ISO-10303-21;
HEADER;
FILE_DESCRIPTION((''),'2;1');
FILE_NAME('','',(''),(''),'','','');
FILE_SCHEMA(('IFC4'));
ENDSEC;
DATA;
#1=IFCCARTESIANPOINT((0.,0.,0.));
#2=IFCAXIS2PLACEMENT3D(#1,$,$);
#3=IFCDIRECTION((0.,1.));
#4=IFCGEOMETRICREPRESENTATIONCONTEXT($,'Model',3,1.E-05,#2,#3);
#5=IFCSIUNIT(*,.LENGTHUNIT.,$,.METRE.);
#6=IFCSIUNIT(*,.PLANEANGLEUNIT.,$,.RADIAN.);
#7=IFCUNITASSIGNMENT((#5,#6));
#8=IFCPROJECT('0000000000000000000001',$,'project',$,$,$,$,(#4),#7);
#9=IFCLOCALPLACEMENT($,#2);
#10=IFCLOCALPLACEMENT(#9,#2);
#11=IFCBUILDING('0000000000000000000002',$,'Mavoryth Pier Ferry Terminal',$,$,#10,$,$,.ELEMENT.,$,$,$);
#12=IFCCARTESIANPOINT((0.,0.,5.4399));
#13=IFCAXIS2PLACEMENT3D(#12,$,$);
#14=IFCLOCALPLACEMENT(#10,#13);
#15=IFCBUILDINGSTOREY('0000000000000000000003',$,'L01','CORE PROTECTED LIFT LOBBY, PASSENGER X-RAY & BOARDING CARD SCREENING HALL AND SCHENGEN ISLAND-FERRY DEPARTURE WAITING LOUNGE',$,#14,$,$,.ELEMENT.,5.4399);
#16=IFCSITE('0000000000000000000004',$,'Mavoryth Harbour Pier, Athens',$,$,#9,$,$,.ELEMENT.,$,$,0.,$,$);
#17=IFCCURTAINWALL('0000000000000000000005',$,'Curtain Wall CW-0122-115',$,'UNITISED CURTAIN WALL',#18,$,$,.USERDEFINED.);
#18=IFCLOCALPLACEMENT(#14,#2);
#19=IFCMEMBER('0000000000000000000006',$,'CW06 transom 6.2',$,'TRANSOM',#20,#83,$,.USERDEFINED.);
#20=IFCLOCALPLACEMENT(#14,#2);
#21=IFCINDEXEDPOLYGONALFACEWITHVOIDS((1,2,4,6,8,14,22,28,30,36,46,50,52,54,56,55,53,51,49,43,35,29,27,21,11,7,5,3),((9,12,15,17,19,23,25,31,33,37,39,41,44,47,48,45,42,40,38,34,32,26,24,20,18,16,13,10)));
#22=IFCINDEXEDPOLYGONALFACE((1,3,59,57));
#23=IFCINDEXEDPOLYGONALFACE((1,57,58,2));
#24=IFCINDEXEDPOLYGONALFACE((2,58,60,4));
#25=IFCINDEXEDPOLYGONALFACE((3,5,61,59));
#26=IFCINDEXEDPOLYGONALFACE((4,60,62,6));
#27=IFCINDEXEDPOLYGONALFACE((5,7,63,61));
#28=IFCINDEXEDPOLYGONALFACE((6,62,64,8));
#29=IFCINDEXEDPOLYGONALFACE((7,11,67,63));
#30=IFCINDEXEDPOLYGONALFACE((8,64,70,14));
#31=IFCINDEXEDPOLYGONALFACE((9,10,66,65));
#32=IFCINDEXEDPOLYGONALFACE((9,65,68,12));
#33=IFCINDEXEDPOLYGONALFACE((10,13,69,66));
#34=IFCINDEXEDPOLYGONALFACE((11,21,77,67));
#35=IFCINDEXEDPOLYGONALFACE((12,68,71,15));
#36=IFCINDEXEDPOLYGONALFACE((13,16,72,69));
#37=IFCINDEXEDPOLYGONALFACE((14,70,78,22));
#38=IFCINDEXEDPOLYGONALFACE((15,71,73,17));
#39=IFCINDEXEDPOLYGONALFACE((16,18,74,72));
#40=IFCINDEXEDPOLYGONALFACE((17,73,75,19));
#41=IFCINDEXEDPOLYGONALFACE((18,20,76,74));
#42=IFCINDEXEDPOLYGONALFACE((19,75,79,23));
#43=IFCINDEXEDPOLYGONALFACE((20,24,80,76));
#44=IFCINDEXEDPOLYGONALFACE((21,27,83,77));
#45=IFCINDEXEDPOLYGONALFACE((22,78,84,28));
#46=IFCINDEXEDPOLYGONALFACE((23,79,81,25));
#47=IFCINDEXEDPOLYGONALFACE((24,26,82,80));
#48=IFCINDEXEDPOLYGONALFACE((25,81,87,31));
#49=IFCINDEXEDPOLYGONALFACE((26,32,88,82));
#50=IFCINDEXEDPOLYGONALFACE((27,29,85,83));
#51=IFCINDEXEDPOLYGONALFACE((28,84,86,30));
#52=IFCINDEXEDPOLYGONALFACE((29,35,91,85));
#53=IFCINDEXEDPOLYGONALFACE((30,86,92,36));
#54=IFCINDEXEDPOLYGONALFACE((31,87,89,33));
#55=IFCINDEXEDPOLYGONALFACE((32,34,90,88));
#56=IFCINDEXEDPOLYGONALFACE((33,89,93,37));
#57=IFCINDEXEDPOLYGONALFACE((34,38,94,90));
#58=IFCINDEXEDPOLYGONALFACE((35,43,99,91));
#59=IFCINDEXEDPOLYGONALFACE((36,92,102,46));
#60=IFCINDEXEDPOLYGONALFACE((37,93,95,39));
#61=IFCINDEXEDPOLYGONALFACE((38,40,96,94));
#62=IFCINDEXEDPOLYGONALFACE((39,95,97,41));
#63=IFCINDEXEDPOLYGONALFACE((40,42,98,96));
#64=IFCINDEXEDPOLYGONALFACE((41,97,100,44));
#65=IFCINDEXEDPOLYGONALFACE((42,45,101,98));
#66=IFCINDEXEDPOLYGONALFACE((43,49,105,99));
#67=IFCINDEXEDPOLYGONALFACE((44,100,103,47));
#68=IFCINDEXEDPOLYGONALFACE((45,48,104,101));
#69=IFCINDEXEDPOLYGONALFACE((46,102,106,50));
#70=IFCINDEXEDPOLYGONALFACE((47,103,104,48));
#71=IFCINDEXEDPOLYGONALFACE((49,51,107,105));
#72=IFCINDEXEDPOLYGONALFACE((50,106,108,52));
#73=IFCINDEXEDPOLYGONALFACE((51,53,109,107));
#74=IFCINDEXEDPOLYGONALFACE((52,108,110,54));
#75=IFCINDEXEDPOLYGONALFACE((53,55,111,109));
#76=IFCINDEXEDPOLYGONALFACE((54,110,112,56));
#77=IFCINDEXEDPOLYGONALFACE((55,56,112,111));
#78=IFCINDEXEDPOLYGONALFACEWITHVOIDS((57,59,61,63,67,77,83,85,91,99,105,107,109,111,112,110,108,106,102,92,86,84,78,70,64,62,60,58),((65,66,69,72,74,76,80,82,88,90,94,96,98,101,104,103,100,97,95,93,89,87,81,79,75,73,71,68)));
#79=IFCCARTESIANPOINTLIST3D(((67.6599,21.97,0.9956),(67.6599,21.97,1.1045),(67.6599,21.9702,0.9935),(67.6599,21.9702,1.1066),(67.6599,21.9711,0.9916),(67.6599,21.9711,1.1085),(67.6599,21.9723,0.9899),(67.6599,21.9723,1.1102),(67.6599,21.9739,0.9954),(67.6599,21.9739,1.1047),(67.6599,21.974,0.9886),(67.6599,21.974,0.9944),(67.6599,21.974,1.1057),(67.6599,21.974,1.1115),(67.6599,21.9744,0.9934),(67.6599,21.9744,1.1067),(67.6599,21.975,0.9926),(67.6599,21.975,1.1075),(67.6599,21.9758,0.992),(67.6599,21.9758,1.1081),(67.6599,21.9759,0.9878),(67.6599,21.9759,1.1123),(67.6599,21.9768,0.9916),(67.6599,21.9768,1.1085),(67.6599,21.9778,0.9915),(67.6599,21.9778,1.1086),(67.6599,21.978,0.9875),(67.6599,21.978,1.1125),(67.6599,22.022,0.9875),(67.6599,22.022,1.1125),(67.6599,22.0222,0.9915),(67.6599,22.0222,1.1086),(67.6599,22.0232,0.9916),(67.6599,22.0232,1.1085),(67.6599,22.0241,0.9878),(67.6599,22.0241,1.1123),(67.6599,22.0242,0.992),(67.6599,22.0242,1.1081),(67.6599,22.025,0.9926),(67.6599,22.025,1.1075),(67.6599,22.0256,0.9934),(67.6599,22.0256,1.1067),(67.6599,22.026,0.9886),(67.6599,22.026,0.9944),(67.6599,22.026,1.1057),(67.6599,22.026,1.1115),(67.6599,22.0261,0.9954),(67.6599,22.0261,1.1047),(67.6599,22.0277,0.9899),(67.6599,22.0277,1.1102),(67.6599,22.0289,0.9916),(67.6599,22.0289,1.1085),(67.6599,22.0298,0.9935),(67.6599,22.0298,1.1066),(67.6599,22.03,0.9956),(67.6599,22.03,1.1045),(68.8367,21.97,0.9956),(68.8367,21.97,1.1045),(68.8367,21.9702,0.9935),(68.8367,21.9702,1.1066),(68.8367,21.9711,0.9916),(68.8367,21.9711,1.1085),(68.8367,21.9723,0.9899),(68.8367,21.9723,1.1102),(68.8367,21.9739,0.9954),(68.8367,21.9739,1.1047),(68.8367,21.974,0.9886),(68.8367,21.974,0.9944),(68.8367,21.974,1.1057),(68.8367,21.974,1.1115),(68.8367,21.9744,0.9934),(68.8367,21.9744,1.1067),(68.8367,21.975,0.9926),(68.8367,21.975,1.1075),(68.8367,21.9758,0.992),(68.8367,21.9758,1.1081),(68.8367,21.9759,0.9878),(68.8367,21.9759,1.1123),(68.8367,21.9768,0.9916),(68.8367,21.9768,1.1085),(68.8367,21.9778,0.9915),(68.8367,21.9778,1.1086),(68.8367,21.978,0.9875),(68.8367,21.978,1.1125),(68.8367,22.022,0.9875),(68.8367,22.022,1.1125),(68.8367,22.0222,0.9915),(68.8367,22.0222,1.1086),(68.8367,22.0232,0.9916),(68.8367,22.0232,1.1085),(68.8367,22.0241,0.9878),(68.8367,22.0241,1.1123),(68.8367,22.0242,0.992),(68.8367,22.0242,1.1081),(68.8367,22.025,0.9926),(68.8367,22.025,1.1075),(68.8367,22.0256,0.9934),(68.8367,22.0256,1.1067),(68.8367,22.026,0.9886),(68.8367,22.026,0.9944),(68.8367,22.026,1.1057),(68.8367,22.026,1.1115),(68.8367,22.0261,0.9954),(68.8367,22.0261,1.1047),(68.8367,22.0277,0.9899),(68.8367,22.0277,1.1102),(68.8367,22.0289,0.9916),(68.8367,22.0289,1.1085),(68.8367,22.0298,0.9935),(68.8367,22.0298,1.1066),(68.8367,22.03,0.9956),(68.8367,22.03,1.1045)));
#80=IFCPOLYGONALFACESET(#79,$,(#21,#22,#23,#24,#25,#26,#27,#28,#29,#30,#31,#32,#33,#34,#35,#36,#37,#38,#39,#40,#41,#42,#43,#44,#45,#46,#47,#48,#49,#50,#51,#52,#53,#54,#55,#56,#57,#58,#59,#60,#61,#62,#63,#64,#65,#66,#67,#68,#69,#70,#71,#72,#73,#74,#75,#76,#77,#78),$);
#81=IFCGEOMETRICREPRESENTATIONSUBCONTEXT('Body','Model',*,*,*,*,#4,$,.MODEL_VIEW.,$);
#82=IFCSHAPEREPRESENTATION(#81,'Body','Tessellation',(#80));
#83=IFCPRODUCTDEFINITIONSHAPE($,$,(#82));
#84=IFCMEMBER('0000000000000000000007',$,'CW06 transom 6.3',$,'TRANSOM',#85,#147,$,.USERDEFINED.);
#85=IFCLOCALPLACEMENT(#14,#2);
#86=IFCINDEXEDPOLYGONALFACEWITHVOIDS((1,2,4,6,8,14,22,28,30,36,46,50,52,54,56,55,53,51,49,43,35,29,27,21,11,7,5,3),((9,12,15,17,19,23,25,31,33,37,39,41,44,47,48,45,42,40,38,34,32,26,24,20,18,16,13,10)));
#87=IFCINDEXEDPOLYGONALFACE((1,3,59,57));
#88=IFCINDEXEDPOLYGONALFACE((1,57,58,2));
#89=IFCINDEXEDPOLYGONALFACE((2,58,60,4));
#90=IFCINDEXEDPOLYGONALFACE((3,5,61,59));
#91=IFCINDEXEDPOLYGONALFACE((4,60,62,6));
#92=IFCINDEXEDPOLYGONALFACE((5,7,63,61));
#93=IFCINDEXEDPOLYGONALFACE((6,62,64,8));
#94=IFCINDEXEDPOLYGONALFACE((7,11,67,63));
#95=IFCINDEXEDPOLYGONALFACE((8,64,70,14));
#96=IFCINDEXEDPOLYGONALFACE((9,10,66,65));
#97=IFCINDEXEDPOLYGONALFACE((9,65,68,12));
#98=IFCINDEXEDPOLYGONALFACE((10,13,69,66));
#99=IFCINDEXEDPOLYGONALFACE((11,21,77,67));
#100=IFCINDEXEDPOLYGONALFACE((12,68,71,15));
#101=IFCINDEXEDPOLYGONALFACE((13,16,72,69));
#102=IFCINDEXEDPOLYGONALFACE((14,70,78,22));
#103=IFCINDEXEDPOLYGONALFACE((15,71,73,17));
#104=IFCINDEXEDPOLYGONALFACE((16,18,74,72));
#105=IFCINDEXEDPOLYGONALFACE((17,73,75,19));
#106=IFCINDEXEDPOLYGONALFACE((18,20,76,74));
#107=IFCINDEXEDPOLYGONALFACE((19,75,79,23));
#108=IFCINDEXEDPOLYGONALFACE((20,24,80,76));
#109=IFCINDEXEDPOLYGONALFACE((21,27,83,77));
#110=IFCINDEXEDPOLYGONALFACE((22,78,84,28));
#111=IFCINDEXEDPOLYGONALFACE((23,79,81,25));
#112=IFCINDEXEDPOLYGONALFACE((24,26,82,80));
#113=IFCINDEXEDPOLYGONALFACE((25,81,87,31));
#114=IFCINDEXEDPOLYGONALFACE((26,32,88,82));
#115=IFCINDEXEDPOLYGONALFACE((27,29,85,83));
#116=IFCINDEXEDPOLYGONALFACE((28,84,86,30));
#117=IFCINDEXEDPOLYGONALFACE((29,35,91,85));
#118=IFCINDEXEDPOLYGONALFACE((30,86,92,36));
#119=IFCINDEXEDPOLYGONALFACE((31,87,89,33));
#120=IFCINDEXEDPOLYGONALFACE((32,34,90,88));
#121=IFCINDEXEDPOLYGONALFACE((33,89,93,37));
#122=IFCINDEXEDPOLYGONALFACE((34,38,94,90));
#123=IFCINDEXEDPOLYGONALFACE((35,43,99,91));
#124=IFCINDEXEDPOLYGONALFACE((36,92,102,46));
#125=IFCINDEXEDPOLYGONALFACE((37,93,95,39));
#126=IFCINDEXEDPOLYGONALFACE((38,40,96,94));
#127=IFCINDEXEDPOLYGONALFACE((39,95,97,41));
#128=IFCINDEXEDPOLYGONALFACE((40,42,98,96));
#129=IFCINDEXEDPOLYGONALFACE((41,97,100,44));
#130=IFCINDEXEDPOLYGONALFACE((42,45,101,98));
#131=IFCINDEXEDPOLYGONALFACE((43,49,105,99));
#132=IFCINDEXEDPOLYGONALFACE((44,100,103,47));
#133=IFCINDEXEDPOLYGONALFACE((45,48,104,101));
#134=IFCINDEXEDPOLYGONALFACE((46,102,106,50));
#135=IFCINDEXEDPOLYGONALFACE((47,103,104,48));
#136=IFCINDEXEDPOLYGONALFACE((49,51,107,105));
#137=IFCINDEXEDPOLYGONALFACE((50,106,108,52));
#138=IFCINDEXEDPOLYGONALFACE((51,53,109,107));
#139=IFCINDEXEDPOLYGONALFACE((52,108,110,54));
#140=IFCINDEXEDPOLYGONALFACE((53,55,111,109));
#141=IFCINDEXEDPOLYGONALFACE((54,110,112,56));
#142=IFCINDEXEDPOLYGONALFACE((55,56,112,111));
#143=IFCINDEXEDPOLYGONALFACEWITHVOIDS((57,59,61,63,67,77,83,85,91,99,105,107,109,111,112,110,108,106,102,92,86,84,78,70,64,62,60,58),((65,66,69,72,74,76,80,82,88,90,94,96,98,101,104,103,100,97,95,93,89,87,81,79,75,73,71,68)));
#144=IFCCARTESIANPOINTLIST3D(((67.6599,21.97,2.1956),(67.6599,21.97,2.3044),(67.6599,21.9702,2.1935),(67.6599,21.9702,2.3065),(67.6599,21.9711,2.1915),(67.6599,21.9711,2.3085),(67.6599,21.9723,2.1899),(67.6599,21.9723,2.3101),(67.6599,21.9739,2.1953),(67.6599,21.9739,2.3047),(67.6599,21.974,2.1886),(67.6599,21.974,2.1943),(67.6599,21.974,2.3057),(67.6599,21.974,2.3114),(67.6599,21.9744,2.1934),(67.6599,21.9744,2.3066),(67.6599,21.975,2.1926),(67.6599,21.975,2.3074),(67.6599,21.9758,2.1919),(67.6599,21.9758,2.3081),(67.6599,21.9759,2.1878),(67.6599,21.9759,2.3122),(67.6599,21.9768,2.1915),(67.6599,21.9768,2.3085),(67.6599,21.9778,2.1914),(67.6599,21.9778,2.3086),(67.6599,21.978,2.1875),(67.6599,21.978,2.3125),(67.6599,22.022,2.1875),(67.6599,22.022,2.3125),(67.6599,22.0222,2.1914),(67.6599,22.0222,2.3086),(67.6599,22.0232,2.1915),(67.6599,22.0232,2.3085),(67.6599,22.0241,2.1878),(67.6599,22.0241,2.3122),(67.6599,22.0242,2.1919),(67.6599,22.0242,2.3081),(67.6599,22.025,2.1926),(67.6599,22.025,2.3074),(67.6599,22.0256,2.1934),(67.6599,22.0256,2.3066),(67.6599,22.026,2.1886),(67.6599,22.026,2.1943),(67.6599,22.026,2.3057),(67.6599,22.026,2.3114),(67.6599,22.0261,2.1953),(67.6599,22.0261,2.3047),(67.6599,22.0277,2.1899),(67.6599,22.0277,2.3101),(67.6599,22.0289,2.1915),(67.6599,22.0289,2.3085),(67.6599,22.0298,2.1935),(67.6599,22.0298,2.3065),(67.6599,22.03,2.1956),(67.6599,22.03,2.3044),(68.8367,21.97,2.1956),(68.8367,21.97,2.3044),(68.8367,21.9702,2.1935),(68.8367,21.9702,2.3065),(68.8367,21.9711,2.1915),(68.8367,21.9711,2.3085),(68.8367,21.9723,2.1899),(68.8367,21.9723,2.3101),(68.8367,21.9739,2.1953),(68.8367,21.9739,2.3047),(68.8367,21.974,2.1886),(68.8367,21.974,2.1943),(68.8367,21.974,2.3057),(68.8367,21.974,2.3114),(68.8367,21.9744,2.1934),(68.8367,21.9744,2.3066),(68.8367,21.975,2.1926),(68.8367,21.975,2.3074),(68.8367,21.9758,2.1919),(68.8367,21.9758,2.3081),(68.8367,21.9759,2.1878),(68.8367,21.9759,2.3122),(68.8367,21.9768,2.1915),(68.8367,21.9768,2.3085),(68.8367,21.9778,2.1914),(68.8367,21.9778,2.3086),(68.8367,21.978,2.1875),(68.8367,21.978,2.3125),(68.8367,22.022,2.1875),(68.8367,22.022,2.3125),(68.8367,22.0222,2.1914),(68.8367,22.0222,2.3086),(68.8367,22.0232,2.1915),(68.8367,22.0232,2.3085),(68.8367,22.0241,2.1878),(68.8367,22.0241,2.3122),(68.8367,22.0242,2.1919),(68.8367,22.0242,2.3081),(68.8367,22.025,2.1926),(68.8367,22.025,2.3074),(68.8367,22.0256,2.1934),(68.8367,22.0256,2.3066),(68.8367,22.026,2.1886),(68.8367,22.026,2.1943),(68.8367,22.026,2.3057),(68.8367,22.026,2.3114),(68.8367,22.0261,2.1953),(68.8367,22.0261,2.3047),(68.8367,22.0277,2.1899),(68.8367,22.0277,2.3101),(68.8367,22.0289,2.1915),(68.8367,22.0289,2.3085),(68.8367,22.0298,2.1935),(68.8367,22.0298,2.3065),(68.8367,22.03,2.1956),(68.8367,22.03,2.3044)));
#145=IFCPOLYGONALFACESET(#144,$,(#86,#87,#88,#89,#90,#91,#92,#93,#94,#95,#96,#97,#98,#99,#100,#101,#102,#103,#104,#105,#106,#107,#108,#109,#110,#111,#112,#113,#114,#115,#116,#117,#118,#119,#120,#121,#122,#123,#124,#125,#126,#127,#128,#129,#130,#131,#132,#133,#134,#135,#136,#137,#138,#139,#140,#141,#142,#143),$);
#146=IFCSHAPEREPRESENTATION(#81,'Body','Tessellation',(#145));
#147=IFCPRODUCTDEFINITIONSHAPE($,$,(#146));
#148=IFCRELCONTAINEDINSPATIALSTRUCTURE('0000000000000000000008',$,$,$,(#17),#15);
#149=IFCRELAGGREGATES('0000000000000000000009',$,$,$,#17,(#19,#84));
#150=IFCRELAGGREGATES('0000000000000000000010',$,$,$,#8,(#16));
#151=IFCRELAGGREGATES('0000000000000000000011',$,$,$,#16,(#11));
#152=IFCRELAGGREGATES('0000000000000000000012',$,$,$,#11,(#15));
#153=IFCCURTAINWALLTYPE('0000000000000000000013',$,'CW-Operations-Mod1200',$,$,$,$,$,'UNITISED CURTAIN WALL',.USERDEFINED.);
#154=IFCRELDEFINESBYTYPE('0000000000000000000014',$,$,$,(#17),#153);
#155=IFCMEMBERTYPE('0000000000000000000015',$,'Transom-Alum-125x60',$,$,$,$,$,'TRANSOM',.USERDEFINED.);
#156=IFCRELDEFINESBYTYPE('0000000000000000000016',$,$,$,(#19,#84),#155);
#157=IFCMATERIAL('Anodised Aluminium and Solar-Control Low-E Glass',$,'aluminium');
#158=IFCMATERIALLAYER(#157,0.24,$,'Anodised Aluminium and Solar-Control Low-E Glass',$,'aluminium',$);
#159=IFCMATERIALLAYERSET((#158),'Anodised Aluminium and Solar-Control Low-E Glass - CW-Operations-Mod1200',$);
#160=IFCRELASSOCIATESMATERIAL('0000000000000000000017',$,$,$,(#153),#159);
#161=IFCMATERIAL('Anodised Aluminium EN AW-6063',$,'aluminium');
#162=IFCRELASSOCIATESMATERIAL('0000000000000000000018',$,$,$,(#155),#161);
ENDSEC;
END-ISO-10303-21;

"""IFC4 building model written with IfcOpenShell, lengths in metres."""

from ifc_helpers import new_model, si_unit, direction, frame, origin, origin_2d, place, context, subcontext, project, spatial, hollow_rectangle, extrude, material, layer, layer_set, material_profile, profile_set, type_object, element, aggregate, save


model = new_model("IFC4")

# Units and contexts
model_context = context("Model", 3, precision=1e-05, world=origin(), true_north=direction((0.0, 1.0)))
body_context = subcontext(model_context, "Body", "Model", "MODEL_VIEW")
ifc_project = project(units=[si_unit("LENGTHUNIT", "METRE"), si_unit("PLANEANGLEUNIT", "RADIAN")], contexts=[model_context])

# Site, building, storey
site_placement = place(None, origin())
site = spatial("IfcSite", under=ifc_project, at=site_placement, Name="Mavoryth Harbour Pier, Athens", CompositionType="ELEMENT", RefElevation=0.0)
building_placement = place(site_placement, origin())
building = spatial("IfcBuilding", under=site, at=building_placement, Name="Mavoryth Pier Ferry Terminal", CompositionType="ELEMENT")
storey_placement = place(building_placement, frame((0.0, 0.0, 5.4399)))
storey = spatial("IfcBuildingStorey", under=building, at=storey_placement, Name="L01", Description="CORE PROTECTED LIFT LOBBY, PASSENGER X-RAY & BOARDING CARD SCREENING HALL AND SCHENGEN ISLAND-FERRY DEPARTURE WAITING LOUNGE", CompositionType="ELEMENT", Elevation=5.4399)

# Curtain wall
ifc_material_1 = material(Name="Anodised Aluminium and Solar-Control Low-E Glass", Category="aluminium")
ifc_layer_1 = layer(ifc_material_1, 0.24, Name="Anodised Aluminium and Solar-Control Low-E Glass", Category="aluminium")
ifc_layer_set_1 = layer_set([ifc_layer_1], Name="Anodised Aluminium and Solar-Control Low-E Glass - CW-Operations-Mod1200")
curtain_wall_type = type_object("IfcCurtainWallType", Name="CW-Operations-Mod1200", ElementType="UNITISED CURTAIN WALL", PredefinedType="USERDEFINED", material=ifc_layer_set_1)
ifc_material_2 = material(Name="Anodised Aluminium EN AW-6063", Category="aluminium")
curtain_wall_1_placement = place(storey_placement, origin())
curtain_wall_1 = element("IfcCurtainWall", 1, at=curtain_wall_1_placement, inside=storey, type_object=curtain_wall_type, Name="Curtain Wall CW-0122-115", ObjectType="UNITISED CURTAIN WALL", PredefinedType="USERDEFINED")

# Members
ifc_material_profile_1 = material_profile(ifc_material_2, hollow_rectangle(XDim=0.0601, YDim=0.125, WallThickness=0.0039, InnerFilletRadius=0.0039, OuterFilletRadius=0.0081, at=origin_2d()), Name="AL-TRAN 125x60x4", Category="aluminium")
ifc_profile_set_1 = profile_set([ifc_material_profile_1], Name="Anodised Aluminium EN AW-6063 - AL-TRAN 125x60x4")
member_type_1 = type_object("IfcMemberType", Name="Transom-Alum-125x60", ElementType="TRANSOM", PredefinedType="USERDEFINED", material=ifc_profile_set_1)
member_1_placement = place(storey_placement, frame((68.8367, 22.0, 1.05), z_axis=(-1.0, 0.0, 0.0), x_axis=(0.0, -1.0, 0.0)))
member_1 = element("IfcMember", 2, at=member_1_placement, type_object=member_type_1, Name="CW06 transom 6.2", ObjectType="TRANSOM", PredefinedType="USERDEFINED", context=body_context, shape_type="SweptSolid", body=[
    extrude(hollow_rectangle(XDim=0.0601, YDim=0.125, WallThickness=0.0039, InnerFilletRadius=0.0039, OuterFilletRadius=0.0081, at=origin_2d()), origin(), (0.0, 0.0, 1.0), 1.1768),
])
member_2_placement = place(storey_placement, frame((68.8367, 22.0, 2.25), z_axis=(-1.0, 0.0, 0.0), x_axis=(0.0, -1.0, 0.0)))
member_2 = element("IfcMember", 3, at=member_2_placement, type_object=member_type_1, Name="CW06 transom 6.3", ObjectType="TRANSOM", PredefinedType="USERDEFINED", context=body_context, shape_type="SweptSolid", body=[
    extrude(hollow_rectangle(XDim=0.0601, YDim=0.125, WallThickness=0.0039, InnerFilletRadius=0.0039, OuterFilletRadius=0.0081, at=origin_2d()), origin(), (0.0, 0.0, 1.0), 1.1768),
])

aggregate(curtain_wall_1, [member_1, member_2])

save(model, "model.ifc")
